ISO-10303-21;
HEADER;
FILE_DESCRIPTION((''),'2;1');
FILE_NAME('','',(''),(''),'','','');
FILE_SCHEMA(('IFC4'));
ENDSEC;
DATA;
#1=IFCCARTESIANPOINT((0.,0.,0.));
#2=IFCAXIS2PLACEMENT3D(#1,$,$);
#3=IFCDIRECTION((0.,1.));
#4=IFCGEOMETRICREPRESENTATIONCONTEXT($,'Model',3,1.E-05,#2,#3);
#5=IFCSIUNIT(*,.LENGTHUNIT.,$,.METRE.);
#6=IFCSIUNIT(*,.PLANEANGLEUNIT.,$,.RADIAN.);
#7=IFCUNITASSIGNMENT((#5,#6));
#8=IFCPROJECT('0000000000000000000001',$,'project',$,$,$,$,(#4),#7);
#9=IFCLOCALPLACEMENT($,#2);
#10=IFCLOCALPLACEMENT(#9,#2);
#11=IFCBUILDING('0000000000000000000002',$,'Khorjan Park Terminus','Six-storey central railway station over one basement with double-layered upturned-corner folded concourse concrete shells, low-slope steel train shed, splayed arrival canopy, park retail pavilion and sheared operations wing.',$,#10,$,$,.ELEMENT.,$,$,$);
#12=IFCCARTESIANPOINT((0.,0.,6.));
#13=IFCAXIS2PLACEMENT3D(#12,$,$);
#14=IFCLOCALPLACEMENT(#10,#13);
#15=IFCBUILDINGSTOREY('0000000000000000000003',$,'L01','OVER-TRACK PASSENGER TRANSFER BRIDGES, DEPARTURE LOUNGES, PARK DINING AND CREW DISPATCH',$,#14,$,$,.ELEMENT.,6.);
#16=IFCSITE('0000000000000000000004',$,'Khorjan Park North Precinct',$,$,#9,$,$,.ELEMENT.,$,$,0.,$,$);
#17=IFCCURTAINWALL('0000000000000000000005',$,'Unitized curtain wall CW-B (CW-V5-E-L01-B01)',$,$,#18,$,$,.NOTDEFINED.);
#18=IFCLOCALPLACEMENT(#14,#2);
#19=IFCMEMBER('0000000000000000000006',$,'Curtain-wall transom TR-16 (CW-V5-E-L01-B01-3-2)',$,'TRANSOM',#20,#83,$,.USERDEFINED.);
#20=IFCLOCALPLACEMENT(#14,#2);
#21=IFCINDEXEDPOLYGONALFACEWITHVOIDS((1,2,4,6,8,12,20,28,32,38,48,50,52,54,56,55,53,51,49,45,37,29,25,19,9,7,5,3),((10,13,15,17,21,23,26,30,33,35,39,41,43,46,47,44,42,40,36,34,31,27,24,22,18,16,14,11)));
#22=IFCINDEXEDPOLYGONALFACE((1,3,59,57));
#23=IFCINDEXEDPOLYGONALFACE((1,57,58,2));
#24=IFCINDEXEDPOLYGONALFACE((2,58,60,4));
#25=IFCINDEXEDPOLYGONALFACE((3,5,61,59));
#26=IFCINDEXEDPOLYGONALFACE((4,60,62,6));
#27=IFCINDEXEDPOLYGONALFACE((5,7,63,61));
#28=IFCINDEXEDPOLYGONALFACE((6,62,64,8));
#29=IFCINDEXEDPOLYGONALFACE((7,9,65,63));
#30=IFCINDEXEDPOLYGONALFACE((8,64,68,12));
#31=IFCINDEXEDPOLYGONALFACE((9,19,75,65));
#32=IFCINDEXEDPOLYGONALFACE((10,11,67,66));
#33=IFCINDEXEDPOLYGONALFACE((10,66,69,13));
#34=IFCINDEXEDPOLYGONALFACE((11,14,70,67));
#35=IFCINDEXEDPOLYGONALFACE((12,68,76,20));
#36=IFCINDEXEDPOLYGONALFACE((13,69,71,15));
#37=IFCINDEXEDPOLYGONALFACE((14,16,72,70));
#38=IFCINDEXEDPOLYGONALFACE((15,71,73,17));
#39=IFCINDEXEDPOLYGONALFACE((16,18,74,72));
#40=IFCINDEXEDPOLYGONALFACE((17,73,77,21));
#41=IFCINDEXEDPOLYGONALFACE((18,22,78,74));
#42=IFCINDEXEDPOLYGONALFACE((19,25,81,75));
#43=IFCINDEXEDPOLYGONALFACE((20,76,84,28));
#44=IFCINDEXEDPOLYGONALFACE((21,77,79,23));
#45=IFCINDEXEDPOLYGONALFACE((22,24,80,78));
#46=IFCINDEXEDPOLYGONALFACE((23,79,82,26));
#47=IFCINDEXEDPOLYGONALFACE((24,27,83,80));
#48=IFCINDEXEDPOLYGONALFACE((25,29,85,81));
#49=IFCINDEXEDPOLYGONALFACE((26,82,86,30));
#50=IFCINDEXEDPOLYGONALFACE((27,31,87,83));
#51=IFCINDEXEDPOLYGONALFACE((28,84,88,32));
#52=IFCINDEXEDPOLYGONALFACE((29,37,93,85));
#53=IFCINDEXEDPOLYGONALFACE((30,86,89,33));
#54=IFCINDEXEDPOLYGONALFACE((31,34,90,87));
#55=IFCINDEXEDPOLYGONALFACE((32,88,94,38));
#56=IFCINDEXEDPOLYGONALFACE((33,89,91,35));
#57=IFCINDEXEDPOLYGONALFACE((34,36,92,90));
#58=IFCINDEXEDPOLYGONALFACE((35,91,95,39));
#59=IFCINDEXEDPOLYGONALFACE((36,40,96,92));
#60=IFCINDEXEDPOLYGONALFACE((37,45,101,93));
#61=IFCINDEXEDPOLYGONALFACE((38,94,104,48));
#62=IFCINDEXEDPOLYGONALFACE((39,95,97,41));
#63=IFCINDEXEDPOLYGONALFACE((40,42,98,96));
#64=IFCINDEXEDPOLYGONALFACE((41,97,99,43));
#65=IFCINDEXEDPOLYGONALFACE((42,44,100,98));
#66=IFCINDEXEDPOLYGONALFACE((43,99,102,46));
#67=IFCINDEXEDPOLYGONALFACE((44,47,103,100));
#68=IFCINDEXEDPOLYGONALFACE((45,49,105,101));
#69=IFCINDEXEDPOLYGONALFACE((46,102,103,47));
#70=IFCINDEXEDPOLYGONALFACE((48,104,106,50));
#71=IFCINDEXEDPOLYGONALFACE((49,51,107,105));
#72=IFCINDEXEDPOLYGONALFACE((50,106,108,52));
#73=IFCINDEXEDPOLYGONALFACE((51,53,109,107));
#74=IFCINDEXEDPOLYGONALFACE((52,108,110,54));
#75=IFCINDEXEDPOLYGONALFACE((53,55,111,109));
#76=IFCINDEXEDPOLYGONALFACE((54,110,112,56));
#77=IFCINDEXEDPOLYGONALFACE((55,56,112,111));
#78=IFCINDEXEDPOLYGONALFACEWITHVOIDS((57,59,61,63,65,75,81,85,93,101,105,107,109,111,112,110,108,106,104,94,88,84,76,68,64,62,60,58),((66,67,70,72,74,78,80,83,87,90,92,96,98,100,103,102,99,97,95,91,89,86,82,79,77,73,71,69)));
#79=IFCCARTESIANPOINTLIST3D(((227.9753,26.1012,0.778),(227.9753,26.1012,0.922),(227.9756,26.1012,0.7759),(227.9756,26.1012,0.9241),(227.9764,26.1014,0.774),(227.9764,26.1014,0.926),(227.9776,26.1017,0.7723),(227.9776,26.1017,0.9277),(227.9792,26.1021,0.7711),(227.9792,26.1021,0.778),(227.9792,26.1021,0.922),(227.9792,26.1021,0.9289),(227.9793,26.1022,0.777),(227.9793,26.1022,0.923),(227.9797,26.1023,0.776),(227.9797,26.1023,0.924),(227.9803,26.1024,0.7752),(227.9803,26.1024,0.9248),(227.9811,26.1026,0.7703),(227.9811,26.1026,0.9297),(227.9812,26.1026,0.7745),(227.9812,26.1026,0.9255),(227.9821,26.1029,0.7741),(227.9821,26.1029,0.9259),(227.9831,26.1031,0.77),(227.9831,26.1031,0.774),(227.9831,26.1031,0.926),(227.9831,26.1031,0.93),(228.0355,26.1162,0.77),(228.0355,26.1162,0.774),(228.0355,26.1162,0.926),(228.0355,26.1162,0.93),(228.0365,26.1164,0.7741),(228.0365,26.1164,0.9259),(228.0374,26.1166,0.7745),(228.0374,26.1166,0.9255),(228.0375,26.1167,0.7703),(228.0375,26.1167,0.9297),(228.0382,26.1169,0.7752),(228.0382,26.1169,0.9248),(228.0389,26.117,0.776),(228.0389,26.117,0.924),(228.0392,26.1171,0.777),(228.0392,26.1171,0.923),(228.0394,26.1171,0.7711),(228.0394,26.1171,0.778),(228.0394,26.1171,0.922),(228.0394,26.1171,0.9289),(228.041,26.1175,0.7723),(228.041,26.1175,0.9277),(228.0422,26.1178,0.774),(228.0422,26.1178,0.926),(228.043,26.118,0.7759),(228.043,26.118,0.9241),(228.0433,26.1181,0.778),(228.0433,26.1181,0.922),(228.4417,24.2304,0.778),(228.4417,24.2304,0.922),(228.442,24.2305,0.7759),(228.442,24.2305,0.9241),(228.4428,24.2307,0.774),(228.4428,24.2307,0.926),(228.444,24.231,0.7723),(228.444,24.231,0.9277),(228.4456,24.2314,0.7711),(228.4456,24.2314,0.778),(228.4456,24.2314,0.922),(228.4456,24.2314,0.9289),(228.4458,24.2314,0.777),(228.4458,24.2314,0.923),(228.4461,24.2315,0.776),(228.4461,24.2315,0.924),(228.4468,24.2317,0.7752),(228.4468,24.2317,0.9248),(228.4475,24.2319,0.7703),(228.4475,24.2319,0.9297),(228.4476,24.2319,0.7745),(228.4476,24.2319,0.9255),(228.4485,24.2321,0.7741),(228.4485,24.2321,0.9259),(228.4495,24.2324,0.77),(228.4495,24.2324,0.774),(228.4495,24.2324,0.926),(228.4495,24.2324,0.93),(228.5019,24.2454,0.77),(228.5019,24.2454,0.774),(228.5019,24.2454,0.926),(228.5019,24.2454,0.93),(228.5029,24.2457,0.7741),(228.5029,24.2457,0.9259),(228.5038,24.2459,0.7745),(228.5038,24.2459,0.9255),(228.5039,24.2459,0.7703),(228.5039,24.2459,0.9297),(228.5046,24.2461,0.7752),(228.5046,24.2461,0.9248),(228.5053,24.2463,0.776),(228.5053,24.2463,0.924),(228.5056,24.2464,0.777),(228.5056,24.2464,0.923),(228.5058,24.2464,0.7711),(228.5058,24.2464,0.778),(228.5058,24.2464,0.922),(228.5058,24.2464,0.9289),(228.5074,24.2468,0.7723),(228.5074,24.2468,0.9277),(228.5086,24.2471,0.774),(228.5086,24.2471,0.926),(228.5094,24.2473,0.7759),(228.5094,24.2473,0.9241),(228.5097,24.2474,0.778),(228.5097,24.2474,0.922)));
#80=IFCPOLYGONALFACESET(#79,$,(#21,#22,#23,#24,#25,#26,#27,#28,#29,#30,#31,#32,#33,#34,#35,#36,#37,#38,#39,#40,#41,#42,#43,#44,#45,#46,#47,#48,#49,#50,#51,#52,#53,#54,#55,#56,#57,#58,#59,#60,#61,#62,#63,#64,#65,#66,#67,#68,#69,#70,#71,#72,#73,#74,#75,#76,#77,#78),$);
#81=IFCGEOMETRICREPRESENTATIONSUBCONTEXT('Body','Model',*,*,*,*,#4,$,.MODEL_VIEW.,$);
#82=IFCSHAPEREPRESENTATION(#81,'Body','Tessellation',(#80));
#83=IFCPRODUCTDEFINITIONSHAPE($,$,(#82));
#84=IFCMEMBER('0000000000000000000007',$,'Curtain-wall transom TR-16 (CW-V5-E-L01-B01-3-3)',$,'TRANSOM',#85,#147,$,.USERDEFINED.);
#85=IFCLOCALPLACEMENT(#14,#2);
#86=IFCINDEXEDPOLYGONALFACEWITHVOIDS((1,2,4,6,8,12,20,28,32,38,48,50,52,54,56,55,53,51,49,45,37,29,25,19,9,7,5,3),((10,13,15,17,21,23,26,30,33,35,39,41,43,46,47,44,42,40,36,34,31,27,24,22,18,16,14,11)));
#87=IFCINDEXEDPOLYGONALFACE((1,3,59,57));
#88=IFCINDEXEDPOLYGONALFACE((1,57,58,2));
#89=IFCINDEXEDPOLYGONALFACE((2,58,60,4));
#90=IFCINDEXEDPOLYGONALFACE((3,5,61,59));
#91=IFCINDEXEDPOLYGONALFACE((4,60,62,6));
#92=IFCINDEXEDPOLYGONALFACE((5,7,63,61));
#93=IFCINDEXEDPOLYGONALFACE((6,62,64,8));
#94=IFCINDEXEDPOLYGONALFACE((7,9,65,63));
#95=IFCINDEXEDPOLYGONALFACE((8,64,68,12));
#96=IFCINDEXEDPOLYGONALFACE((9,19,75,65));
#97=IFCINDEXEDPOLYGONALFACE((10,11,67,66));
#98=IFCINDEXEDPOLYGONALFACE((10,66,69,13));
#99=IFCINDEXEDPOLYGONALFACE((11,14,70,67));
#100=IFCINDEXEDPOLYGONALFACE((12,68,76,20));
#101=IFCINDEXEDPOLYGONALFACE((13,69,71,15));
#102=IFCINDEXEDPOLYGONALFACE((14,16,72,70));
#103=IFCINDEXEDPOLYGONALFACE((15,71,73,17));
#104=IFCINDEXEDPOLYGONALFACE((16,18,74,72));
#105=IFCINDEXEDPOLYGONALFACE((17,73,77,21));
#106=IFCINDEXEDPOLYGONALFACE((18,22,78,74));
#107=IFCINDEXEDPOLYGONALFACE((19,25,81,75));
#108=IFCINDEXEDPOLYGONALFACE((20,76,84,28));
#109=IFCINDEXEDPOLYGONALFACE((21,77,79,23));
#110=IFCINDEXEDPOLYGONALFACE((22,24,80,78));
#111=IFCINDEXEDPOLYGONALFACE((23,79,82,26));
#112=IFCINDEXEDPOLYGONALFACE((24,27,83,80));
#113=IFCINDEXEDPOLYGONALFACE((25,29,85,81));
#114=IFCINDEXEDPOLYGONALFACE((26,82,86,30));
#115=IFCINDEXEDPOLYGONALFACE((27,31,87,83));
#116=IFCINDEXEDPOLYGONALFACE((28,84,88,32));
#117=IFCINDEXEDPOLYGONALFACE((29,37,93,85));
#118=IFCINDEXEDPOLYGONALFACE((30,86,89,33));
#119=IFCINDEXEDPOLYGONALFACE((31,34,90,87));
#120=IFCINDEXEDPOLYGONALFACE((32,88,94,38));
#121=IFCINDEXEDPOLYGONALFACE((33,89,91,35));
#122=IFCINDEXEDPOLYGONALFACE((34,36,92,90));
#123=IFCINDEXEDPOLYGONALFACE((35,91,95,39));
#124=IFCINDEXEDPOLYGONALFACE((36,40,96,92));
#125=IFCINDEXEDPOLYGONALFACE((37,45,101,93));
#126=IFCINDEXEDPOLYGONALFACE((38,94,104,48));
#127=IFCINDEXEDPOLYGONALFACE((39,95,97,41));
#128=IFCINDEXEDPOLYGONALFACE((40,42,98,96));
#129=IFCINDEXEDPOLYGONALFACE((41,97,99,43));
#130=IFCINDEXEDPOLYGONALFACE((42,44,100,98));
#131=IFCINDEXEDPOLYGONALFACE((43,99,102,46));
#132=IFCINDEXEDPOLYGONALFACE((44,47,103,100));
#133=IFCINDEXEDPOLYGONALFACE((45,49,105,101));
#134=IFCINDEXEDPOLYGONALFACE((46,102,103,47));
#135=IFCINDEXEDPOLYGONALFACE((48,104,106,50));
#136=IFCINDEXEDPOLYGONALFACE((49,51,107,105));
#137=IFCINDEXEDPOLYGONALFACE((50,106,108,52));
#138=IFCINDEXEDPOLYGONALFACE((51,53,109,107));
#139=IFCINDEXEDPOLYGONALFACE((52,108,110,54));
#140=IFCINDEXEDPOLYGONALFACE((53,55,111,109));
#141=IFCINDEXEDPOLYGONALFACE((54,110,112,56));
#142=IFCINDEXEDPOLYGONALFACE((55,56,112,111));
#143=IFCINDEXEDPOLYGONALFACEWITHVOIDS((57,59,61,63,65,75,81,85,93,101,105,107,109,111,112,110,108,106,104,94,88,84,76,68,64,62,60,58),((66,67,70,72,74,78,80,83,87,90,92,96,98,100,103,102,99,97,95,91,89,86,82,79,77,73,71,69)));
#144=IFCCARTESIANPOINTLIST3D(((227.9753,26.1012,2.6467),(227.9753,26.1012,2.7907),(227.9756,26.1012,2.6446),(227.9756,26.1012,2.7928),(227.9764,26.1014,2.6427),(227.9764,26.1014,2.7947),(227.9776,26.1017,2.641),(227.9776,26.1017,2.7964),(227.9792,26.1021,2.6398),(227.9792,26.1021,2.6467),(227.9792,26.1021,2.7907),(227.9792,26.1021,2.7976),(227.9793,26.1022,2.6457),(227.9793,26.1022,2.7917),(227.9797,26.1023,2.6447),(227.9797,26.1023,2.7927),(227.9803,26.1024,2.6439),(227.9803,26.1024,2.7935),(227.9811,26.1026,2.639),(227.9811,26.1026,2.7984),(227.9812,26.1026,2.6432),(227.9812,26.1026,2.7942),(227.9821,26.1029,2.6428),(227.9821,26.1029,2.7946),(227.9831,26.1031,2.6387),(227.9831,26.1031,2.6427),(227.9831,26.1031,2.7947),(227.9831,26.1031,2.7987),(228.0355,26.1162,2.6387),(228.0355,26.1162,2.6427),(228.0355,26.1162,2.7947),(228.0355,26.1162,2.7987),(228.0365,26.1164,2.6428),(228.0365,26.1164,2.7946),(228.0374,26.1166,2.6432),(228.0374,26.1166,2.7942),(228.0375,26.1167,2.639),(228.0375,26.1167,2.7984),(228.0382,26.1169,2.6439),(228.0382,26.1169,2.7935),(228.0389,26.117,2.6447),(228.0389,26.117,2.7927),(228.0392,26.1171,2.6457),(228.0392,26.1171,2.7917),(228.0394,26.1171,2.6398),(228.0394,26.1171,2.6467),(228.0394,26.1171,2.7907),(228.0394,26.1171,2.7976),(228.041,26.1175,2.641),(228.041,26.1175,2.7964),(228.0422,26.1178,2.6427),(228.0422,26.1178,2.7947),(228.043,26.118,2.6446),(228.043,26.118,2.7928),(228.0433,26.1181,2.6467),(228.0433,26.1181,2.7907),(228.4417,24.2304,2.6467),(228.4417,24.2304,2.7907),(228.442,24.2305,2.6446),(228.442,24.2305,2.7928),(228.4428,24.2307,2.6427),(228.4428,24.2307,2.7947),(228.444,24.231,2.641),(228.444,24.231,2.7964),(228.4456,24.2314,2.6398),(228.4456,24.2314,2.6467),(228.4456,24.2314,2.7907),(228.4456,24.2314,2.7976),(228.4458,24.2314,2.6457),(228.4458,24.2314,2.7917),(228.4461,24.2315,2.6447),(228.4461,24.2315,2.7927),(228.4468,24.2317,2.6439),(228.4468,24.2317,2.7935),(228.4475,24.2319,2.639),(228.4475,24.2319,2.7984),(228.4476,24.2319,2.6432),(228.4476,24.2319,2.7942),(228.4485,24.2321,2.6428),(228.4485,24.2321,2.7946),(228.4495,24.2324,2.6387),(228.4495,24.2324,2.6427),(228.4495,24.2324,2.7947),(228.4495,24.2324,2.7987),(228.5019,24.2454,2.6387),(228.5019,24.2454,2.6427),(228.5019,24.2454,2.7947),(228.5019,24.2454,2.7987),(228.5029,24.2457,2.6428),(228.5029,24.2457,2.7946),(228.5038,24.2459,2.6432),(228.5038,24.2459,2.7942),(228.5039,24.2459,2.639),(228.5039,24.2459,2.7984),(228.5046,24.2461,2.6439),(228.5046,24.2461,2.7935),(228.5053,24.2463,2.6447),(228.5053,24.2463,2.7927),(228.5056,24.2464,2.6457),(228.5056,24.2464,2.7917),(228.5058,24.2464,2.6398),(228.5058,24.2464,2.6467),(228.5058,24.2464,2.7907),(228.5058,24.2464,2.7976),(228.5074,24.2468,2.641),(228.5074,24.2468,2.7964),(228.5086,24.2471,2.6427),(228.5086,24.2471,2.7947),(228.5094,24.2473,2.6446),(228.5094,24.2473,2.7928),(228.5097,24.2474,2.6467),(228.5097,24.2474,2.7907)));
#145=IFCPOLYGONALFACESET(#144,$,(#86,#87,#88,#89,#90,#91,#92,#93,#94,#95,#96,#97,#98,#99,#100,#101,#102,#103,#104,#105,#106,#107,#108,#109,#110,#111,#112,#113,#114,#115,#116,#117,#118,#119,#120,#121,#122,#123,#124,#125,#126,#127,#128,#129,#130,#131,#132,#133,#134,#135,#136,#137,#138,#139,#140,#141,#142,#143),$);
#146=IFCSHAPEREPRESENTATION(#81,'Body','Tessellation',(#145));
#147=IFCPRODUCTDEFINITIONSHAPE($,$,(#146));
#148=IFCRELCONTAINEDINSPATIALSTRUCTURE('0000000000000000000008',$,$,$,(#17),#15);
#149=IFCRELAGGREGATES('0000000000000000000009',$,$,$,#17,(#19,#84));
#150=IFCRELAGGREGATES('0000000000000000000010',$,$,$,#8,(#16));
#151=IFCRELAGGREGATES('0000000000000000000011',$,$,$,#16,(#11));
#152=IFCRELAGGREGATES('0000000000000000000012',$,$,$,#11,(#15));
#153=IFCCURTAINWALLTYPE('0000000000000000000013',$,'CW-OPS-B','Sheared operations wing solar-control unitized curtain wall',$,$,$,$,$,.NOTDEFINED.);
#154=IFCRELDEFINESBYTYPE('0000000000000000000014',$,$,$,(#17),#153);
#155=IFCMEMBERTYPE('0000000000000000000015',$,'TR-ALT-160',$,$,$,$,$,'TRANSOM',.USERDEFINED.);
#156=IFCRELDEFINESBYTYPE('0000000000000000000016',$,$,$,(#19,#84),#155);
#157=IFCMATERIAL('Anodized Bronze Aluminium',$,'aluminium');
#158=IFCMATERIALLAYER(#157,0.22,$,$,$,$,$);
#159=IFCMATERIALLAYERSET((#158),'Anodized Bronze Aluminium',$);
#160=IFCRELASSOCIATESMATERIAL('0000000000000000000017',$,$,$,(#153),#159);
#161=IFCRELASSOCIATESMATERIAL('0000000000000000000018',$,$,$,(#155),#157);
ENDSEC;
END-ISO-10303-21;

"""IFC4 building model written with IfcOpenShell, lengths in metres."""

from ifc_helpers import new_model, si_unit, direction, frame, origin, origin_2d, place, context, subcontext, project, spatial, hollow_rectangle, extrude, material, layer, layer_set, material_profile, profile_set, type_object, element, aggregate, save


model = new_model("IFC4")

# Units and contexts
model_context = context("Model", 3, precision=1e-05, world=origin(), true_north=direction((0.0, 1.0)))
body_context = subcontext(model_context, "Body", "Model", "MODEL_VIEW")
ifc_project = project(units=[si_unit("LENGTHUNIT", "METRE"), si_unit("PLANEANGLEUNIT", "RADIAN")], contexts=[model_context])

# Site, building, storey
site_placement = place(None, origin())
site = spatial("IfcSite", under=ifc_project, at=site_placement, Name="Khorjan Park North Precinct", CompositionType="ELEMENT", RefElevation=0.0)
building_placement = place(site_placement, origin())
building = spatial("IfcBuilding", under=site, at=building_placement, Name="Khorjan Park Terminus", Description="Six-storey central railway station over one basement with double-layered upturned-corner folded concourse concrete shells, low-slope steel train shed, splayed arrival canopy, park retail pavilion and sheared operations wing.", CompositionType="ELEMENT")
storey_placement = place(building_placement, frame((0.0, 0.0, 6.0)))
storey = spatial("IfcBuildingStorey", under=building, at=storey_placement, Name="L01", Description="OVER-TRACK PASSENGER TRANSFER BRIDGES, DEPARTURE LOUNGES, PARK DINING AND CREW DISPATCH", CompositionType="ELEMENT", Elevation=6.0)

# Curtain wall, members
ifc_material_1 = material(Name="Anodized Bronze Aluminium", Category="aluminium")
ifc_layer_1 = layer(ifc_material_1, 0.22)
ifc_layer_set_1 = layer_set([ifc_layer_1], Name="Anodized Bronze Aluminium")
curtain_wall_type = type_object("IfcCurtainWallType", Name="CW-OPS-B", Description="Sheared operations wing solar-control unitized curtain wall", PredefinedType="NOTDEFINED", material=ifc_layer_set_1)
curtain_wall_placement = place(storey_placement, origin())
curtain_wall = element("IfcCurtainWall", 1, at=curtain_wall_placement, inside=storey, type_object=curtain_wall_type, Name="Unitized curtain wall CW-B (CW-V5-E-L01-B01)", PredefinedType="NOTDEFINED")
ifc_material_profile_1 = material_profile(ifc_material_1, hollow_rectangle(XDim=0.07, YDim=0.16, WallThickness=0.004, InnerFilletRadius=0.004, OuterFilletRadius=0.008, at=origin_2d()), Name="ALT 70x160x4")
ifc_profile_set_1 = profile_set([ifc_material_profile_1], Name="Anodized Bronze Aluminium")
member_type_1 = type_object("IfcMemberType", Name="TR-ALT-160", ElementType="TRANSOM", PredefinedType="USERDEFINED", material=ifc_profile_set_1)
member_1_placement = place(storey_placement, frame((228.4757, 24.2389, 0.85), z_axis=(-0.241913, 0.970298, 0.0), x_axis=(-0.970298, -0.241913, 0.0)))
member_1 = element("IfcMember", 2, at=member_1_placement, type_object=member_type_1, Name="Curtain-wall transom TR-16 (CW-V5-E-L01-B01-3-2)", ObjectType="TRANSOM", PredefinedType="USERDEFINED", context=body_context, shape_type="SweptSolid", body=[
    extrude(hollow_rectangle(XDim=0.07, YDim=0.16, WallThickness=0.004, InnerFilletRadius=0.004, OuterFilletRadius=0.008, at=origin_2d()), origin(), (0.0, 0.0, 1.0), 1.928),
])
member_2_placement = place(storey_placement, frame((228.4757, 24.2389, 2.7187), z_axis=(-0.241913, 0.970298, 0.0), x_axis=(-0.970298, -0.241913, 0.0)))
member_2 = element("IfcMember", 3, at=member_2_placement, type_object=member_type_1, Name="Curtain-wall transom TR-16 (CW-V5-E-L01-B01-3-3)", ObjectType="TRANSOM", PredefinedType="USERDEFINED", context=body_context, shape_type="SweptSolid", body=[
    extrude(hollow_rectangle(XDim=0.07, YDim=0.16, WallThickness=0.004, InnerFilletRadius=0.004, OuterFilletRadius=0.008, at=origin_2d()), origin(), (0.0, 0.0, 1.0), 1.928),
])
aggregate(curtain_wall, [member_1, member_2])

save(model, "model.ifc")
